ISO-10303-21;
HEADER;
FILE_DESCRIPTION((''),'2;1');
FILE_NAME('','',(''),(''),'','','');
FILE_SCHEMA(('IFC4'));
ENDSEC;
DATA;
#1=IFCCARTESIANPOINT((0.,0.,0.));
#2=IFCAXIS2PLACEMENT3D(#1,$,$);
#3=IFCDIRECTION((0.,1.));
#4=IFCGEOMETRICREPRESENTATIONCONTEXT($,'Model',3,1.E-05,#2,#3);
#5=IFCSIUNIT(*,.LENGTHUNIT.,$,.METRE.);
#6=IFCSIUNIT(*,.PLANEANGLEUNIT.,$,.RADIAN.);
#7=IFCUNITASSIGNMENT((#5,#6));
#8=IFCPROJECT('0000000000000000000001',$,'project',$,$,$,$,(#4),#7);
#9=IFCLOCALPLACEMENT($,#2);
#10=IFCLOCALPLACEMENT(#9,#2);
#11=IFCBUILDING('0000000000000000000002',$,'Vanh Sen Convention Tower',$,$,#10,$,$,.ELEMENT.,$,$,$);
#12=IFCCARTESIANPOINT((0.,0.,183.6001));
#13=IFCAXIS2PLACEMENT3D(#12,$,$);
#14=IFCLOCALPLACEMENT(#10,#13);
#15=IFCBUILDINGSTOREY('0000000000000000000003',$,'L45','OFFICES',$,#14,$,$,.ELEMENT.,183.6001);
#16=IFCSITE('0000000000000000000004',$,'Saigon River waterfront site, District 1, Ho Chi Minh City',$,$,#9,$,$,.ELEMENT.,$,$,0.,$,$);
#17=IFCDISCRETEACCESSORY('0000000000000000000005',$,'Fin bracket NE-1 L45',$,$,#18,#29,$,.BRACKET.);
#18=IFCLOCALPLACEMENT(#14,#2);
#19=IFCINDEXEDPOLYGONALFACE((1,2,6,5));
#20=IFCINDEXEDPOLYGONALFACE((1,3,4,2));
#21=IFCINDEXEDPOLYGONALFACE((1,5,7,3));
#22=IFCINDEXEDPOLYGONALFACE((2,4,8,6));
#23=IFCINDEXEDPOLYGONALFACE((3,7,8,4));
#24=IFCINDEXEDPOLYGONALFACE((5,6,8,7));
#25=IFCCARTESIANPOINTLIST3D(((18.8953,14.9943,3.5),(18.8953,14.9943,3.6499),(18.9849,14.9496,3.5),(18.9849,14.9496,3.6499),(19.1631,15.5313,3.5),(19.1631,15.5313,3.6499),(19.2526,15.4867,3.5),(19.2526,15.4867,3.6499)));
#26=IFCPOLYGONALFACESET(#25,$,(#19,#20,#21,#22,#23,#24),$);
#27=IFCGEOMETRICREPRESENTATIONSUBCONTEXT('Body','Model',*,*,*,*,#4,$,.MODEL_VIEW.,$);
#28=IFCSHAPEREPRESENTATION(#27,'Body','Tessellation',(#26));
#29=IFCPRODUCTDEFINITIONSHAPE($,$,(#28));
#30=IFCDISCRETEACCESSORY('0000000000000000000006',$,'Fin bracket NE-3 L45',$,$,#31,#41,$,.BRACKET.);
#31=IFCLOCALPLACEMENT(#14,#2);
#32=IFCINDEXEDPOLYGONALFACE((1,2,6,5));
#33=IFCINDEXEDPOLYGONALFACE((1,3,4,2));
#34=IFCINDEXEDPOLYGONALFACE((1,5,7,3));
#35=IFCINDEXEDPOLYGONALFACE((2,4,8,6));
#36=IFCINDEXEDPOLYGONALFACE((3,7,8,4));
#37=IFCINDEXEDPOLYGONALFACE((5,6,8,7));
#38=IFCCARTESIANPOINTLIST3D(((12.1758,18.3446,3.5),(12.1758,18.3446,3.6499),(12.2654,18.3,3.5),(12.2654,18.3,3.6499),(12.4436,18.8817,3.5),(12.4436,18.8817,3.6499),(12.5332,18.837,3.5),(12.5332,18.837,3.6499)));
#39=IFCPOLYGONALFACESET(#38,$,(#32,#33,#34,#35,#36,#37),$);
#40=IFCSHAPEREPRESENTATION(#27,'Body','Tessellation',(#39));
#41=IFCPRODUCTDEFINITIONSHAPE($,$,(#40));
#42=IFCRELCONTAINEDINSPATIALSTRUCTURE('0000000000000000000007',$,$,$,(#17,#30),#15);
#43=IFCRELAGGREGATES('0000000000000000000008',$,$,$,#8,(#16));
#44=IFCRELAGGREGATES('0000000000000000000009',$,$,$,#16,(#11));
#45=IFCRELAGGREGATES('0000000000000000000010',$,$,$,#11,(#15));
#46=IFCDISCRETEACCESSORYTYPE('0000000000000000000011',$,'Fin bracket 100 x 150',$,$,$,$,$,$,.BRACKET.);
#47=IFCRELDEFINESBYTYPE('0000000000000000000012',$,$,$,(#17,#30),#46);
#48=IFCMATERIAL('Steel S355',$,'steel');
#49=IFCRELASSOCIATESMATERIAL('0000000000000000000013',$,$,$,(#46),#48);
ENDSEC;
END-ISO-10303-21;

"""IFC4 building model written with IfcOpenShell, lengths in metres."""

from ifc_helpers import new_model, si_unit, direction, frame, origin, origin_2d, place, context, subcontext, project, spatial, rectangle, extrude, material, type_object, element, save


model = new_model("IFC4")

# Units and contexts
model_context = context("Model", 3, precision=1e-05, world=origin(), true_north=direction((0.0, 1.0)))
body_context = subcontext(model_context, "Body", "Model", "MODEL_VIEW")
ifc_project = project(units=[si_unit("LENGTHUNIT", "METRE"), si_unit("PLANEANGLEUNIT", "RADIAN")], contexts=[model_context])

# Site, building, storey
site_placement = place(None, origin())
site = spatial("IfcSite", under=ifc_project, at=site_placement, Name="Saigon River waterfront site, District 1, Ho Chi Minh City", CompositionType="ELEMENT", RefElevation=0.0)
building_placement = place(site_placement, origin())
building = spatial("IfcBuilding", under=site, at=building_placement, Name="Vanh Sen Convention Tower", CompositionType="ELEMENT")
storey_placement = place(building_placement, frame((0.0, 0.0, 183.6001)))
storey = spatial("IfcBuildingStorey", under=building, at=storey_placement, Name="L45", Description="OFFICES", CompositionType="ELEMENT", Elevation=183.6001)

# Discrete accessories
ifc_material_1 = material(Name="Steel S355", Category="steel")
discrete_accessory_type = type_object("IfcDiscreteAccessoryType", Name="Fin bracket 100 x 150", PredefinedType="BRACKET", material=ifc_material_1)
for number, where, z_axis, x_axis, name in (
    (1, (19.074, 15.2405, 3.5), (0.0, 0.0, 1.0), (0.446198, 0.894934, 0.0), "Fin bracket NE-1 L45"),
    (2, (12.3545, 18.5908, 3.5), (0.0, 0.0, 1.0), (0.446198, 0.894934, 0.0), "Fin bracket NE-3 L45"),
):
    element("IfcDiscreteAccessory", number, at=place(storey_placement, frame(where, z_axis=z_axis, x_axis=x_axis)), inside=storey, type_object=discrete_accessory_type, Name=name, PredefinedType="BRACKET", context=body_context, shape_type="SweptSolid", body=[
        extrude(rectangle(XDim=0.6001, YDim=0.1001, at=origin_2d()), origin(), (0.0, 0.0, 1.0), 0.1499),
    ])

save(model, "model.ifc")
